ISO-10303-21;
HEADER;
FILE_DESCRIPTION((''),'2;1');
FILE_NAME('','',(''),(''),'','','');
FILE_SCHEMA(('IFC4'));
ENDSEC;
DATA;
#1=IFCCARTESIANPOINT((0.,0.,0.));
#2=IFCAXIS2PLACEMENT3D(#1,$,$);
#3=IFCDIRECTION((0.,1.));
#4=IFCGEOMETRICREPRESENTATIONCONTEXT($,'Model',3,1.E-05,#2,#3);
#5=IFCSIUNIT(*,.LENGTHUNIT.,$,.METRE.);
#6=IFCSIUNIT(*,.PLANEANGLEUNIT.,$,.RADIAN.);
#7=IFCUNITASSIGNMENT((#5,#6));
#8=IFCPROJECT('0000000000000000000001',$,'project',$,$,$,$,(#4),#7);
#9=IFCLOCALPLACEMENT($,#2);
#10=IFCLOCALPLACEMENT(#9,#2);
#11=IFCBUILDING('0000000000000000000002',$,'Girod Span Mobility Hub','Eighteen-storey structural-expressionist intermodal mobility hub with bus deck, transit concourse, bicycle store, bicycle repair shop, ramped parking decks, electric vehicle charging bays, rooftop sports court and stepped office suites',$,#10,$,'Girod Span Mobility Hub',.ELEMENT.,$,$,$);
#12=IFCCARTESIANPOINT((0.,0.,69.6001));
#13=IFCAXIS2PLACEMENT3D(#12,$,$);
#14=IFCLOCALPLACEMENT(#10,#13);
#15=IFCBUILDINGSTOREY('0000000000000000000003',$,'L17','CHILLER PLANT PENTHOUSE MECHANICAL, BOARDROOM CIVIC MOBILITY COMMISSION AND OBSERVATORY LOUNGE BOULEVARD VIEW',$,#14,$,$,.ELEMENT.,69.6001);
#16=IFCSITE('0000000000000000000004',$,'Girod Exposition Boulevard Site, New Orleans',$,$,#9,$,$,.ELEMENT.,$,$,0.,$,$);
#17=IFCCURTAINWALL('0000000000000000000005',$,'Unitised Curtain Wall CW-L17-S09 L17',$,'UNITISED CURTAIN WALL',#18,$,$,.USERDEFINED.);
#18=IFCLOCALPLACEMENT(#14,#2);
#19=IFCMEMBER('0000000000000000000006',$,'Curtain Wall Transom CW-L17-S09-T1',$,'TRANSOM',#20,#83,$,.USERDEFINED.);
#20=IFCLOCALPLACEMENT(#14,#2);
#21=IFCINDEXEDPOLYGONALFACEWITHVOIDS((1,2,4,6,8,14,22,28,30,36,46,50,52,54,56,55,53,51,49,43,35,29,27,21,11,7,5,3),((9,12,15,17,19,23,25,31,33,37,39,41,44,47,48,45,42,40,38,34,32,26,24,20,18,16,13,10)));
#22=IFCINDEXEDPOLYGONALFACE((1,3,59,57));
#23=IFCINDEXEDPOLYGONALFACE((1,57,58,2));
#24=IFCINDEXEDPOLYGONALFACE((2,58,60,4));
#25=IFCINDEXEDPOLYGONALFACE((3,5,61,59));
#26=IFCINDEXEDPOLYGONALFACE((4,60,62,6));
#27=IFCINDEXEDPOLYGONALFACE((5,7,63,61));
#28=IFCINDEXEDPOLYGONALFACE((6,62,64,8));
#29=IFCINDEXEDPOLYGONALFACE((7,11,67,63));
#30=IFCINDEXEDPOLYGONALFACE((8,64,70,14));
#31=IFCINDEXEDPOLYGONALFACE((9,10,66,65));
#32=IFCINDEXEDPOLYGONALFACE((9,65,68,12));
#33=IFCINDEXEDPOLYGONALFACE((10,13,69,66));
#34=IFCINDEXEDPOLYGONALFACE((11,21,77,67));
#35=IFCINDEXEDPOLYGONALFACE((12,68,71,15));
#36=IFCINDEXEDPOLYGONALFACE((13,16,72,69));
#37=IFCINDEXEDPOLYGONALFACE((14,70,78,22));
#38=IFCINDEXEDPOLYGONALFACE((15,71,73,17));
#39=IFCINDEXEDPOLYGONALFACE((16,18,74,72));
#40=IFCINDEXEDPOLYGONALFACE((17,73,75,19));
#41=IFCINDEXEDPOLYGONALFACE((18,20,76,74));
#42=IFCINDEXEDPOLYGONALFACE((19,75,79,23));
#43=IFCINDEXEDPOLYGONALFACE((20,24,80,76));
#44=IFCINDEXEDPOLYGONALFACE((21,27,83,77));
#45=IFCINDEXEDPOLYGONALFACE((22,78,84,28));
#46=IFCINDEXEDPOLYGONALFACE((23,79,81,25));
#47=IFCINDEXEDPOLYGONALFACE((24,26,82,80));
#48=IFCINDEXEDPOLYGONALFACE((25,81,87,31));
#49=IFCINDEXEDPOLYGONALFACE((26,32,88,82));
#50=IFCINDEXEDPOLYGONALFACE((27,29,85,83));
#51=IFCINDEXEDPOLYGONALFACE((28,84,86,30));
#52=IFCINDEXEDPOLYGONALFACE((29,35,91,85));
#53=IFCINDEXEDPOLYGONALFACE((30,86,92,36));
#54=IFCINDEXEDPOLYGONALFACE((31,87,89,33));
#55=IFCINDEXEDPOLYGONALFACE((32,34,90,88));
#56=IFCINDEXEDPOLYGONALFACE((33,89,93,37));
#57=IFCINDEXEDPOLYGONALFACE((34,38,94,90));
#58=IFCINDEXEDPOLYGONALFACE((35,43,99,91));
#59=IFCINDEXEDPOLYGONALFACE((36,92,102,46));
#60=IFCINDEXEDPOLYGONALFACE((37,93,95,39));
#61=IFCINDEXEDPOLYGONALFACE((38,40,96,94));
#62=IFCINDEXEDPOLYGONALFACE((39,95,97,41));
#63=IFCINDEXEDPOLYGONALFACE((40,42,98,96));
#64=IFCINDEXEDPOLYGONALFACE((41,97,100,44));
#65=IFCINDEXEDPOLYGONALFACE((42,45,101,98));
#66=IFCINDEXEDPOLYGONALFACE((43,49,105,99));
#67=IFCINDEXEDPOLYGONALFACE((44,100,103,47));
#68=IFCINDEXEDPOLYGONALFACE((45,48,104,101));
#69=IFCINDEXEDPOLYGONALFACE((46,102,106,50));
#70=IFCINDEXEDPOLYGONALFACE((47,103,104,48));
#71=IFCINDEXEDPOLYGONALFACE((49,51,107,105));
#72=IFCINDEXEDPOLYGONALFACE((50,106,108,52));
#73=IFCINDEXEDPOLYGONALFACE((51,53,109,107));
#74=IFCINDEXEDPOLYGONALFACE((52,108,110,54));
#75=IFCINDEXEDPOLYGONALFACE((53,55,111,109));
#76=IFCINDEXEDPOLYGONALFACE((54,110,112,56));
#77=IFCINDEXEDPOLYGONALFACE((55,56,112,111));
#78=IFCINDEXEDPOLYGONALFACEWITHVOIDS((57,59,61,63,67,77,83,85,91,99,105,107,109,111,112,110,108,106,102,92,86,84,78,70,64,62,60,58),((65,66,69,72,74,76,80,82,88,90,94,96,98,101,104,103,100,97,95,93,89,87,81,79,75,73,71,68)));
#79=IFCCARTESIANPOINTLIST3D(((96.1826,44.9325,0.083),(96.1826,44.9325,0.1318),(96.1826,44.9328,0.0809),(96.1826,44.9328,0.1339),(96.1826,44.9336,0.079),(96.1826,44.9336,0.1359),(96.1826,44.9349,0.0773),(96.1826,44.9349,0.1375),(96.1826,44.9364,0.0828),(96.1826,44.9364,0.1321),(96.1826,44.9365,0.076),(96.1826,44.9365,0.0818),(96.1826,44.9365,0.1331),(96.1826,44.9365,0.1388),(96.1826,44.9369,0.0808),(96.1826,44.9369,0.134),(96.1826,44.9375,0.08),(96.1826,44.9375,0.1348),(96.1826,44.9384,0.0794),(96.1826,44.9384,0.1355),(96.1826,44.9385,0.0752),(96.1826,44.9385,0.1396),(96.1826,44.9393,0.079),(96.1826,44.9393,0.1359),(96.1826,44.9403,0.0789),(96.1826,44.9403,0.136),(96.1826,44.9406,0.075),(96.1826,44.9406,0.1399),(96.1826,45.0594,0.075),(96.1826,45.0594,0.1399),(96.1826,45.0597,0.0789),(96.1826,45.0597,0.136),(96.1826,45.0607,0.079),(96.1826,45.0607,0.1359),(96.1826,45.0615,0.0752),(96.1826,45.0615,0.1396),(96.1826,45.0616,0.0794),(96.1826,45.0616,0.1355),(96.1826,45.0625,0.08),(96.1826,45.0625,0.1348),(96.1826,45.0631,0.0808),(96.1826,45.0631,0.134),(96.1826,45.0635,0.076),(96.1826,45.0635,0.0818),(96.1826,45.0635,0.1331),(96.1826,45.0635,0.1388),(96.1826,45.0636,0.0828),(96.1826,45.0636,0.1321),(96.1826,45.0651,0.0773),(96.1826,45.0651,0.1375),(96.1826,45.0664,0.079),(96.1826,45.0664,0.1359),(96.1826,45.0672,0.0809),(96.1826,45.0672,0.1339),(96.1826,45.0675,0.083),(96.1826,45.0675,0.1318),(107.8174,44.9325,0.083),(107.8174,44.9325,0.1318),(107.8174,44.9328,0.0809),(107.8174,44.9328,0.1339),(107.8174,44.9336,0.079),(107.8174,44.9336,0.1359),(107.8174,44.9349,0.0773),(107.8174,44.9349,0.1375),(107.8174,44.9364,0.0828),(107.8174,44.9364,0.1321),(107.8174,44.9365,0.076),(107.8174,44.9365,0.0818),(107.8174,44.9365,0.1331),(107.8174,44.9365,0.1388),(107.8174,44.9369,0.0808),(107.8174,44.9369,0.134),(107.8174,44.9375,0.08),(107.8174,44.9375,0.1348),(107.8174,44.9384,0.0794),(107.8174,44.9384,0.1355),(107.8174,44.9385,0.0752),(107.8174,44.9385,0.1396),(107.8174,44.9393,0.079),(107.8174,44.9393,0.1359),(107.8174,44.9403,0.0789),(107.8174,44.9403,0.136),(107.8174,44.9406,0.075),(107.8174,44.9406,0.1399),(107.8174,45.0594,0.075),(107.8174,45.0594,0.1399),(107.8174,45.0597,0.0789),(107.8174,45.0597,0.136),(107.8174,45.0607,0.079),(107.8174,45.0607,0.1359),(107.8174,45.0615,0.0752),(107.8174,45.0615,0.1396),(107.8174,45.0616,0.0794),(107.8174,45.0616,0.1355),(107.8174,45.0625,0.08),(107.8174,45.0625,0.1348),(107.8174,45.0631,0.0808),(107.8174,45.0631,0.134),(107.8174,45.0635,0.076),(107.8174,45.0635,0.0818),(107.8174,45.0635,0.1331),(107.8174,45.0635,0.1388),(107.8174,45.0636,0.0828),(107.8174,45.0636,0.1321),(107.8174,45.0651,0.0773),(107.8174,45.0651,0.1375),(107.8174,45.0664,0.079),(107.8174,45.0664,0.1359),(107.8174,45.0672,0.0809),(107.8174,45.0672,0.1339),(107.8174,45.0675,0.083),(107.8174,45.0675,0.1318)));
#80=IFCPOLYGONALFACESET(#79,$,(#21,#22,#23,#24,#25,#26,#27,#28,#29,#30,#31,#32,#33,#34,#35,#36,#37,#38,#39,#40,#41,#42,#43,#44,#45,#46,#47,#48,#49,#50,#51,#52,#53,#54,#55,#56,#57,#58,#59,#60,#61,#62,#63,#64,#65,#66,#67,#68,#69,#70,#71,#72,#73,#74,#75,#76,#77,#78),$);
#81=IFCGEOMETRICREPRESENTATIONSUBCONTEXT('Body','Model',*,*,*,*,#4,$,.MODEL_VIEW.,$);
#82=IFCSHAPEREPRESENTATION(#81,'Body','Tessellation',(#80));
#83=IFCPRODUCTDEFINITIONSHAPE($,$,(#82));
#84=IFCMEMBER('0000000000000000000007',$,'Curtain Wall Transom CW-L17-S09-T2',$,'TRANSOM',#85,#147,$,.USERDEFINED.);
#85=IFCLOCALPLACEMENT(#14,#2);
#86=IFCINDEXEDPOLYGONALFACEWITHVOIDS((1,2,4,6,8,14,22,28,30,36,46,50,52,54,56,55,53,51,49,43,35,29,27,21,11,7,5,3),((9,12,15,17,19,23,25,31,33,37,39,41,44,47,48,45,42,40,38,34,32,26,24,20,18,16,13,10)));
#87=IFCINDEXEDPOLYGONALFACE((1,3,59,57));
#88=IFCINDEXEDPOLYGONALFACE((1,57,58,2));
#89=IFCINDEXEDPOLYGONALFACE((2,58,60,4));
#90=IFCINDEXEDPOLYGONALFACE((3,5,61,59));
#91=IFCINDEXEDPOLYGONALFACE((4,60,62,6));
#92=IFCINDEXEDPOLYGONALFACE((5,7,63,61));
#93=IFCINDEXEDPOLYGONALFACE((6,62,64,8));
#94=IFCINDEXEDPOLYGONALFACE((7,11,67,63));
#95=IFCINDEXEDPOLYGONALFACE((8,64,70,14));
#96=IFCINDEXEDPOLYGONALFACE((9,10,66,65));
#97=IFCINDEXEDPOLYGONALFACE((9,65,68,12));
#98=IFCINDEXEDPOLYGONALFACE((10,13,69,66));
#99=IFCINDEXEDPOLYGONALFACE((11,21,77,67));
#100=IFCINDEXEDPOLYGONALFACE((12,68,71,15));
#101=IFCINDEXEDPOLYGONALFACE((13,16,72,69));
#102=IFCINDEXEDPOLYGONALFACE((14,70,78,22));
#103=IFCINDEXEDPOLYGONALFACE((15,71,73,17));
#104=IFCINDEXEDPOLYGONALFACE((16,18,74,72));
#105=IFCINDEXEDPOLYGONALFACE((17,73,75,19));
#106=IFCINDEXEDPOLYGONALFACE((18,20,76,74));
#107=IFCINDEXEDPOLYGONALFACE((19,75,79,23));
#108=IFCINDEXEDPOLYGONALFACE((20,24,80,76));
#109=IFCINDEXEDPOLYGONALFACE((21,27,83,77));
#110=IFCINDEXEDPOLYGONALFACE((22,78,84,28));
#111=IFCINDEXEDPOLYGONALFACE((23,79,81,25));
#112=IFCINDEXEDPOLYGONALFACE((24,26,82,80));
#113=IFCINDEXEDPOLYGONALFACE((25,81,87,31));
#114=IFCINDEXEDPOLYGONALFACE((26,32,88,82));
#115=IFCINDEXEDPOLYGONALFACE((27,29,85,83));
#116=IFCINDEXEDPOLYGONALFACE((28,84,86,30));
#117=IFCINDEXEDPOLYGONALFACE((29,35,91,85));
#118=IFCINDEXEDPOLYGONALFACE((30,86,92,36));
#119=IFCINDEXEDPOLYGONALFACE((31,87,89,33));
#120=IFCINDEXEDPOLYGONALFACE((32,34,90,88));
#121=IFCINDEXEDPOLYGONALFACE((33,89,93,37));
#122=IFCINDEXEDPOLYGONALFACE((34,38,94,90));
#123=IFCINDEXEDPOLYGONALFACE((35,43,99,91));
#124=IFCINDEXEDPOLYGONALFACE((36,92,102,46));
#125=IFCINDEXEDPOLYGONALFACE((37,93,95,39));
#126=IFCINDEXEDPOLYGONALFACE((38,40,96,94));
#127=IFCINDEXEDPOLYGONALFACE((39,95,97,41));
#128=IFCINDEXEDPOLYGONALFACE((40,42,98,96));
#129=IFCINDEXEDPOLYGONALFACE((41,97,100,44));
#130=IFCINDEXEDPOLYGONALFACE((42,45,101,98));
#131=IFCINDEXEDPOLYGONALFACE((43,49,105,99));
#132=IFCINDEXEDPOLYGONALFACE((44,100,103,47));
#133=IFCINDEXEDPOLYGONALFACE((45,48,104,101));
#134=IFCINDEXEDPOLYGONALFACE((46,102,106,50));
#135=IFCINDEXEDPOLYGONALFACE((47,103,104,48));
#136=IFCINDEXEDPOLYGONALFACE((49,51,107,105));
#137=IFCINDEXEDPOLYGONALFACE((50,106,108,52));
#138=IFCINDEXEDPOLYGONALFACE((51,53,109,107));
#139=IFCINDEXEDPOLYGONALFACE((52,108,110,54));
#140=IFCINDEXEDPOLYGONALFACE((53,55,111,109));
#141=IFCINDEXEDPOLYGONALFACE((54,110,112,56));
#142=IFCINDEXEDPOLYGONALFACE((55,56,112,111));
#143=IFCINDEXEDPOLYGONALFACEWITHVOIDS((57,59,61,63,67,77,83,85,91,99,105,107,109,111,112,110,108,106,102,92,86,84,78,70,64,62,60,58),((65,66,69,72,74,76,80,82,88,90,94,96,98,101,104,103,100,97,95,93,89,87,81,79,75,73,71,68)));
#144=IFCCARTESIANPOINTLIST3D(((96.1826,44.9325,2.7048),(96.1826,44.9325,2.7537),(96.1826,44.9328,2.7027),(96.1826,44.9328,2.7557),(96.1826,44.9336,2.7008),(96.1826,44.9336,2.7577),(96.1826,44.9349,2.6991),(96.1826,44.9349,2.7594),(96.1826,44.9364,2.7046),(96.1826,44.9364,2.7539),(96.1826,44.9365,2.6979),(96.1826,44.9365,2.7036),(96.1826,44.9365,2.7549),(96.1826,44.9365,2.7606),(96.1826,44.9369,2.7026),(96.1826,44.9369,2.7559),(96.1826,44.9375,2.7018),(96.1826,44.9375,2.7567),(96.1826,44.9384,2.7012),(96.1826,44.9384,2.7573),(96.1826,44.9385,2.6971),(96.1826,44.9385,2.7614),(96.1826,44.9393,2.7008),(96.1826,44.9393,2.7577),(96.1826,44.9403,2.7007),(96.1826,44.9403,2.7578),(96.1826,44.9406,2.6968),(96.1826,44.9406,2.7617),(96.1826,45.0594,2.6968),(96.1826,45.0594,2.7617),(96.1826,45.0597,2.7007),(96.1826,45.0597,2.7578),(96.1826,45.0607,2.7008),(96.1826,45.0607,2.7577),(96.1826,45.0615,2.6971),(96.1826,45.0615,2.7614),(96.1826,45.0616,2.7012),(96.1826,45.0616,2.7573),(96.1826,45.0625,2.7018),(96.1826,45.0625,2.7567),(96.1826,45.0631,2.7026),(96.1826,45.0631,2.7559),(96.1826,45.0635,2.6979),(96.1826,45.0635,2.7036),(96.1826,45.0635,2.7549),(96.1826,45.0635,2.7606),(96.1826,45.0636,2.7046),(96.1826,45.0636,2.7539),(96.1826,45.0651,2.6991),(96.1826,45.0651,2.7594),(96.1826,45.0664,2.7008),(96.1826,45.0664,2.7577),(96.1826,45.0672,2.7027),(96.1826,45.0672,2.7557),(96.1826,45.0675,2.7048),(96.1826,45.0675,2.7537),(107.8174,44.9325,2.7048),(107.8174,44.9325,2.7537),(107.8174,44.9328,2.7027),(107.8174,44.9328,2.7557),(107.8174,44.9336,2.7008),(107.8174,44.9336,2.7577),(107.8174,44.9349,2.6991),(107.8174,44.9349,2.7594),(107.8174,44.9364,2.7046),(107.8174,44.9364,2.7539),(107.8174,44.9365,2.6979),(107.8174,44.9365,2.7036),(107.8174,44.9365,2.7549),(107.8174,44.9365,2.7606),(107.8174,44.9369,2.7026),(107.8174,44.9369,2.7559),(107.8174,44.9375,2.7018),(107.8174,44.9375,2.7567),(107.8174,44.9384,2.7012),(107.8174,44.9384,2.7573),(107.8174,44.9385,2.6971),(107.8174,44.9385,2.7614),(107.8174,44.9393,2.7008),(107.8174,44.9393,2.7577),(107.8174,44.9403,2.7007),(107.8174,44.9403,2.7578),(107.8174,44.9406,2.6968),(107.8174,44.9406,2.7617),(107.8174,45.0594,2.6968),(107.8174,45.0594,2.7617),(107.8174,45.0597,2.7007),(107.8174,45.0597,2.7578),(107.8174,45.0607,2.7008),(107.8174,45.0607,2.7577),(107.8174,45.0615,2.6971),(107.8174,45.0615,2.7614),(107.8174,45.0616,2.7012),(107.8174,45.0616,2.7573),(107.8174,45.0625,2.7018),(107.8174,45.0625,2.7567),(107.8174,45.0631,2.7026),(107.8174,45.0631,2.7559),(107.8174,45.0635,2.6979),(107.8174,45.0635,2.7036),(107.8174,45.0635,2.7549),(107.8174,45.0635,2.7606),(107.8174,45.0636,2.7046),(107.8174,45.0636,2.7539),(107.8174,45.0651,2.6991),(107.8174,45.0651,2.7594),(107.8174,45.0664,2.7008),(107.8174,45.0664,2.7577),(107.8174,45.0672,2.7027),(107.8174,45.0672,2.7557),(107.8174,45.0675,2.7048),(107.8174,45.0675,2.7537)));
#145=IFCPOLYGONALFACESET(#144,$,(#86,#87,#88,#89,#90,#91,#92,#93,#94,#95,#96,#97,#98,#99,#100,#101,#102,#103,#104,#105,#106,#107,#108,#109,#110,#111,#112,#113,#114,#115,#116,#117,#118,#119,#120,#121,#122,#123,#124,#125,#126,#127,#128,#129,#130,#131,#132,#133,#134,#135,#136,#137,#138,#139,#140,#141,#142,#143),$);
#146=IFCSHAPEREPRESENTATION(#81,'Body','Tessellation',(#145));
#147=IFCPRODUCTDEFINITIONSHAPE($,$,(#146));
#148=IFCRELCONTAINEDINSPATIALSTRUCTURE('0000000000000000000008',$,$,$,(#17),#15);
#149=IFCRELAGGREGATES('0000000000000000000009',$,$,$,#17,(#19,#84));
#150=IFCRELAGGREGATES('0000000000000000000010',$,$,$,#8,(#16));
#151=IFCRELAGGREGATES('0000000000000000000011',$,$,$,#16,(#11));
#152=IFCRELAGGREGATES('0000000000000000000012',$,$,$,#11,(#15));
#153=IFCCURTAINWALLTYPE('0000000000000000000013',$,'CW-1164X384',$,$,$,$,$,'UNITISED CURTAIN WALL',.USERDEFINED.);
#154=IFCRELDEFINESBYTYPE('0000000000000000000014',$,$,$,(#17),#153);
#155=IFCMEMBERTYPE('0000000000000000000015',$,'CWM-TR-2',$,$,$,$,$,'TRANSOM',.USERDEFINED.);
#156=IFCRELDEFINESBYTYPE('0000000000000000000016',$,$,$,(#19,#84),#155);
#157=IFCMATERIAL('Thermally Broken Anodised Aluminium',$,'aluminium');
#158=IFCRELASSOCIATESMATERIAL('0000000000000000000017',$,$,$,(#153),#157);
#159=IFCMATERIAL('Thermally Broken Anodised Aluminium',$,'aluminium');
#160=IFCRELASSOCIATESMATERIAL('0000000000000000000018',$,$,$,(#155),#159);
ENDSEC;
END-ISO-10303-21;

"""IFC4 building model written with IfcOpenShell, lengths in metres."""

from ifc_helpers import new_model, si_unit, direction, frame, origin, origin_2d, place, context, subcontext, project, spatial, hollow_rectangle, extrude, material, material_profile, profile_set, type_object, element, aggregate, save


model = new_model("IFC4")

# Units and contexts
model_context = context("Model", 3, precision=1e-05, world=origin(), true_north=direction((0.0, 1.0)))
body_context = subcontext(model_context, "Body", "Model", "MODEL_VIEW")
ifc_project = project(units=[si_unit("LENGTHUNIT", "METRE"), si_unit("PLANEANGLEUNIT", "RADIAN")], contexts=[model_context])

# Site, building, storey
site_placement = place(None, origin())
site = spatial("IfcSite", under=ifc_project, at=site_placement, Name="Girod Exposition Boulevard Site, New Orleans", CompositionType="ELEMENT", RefElevation=0.0)
building_placement = place(site_placement, origin())
building = spatial("IfcBuilding", under=site, at=building_placement, Name="Girod Span Mobility Hub", Description="Eighteen-storey structural-expressionist intermodal mobility hub with bus deck, transit concourse, bicycle store, bicycle repair shop, ramped parking decks, electric vehicle charging bays, rooftop sports court and stepped office suites", LongName="Girod Span Mobility Hub", CompositionType="ELEMENT")
storey_placement = place(building_placement, frame((0.0, 0.0, 69.6001)))
storey = spatial("IfcBuildingStorey", under=building, at=storey_placement, Name="L17", Description="CHILLER PLANT PENTHOUSE MECHANICAL, BOARDROOM CIVIC MOBILITY COMMISSION AND OBSERVATORY LOUNGE BOULEVARD VIEW", CompositionType="ELEMENT", Elevation=69.6001)

# Shared definitions
ifc_material_1 = material(Name="Thermally Broken Anodised Aluminium", Category="aluminium")
curtain_wall_type = type_object("IfcCurtainWallType", Name="CW-1164X384", ElementType="UNITISED CURTAIN WALL", PredefinedType="USERDEFINED", material=ifc_material_1)

# Curtain wall
curtain_wall_1_placement = place(storey_placement, origin())
curtain_wall_1 = element("IfcCurtainWall", 1, at=curtain_wall_1_placement, inside=storey, type_object=curtain_wall_type, Name="Unitised Curtain Wall CW-L17-S09 L17", ObjectType="UNITISED CURTAIN WALL", PredefinedType="USERDEFINED")

# Members
ifc_material_2 = material(Name="Thermally Broken Anodised Aluminium", Category="aluminium")
ifc_material_profile_1 = material_profile(ifc_material_2, hollow_rectangle(XDim=0.135, YDim=0.0649, WallThickness=0.0039, InnerFilletRadius=0.0039, OuterFilletRadius=0.0081, at=origin_2d()), Name="CW-TR-65X135")
ifc_profile_set_1 = profile_set([ifc_material_profile_1], Name="Thermally Broken Anodised Aluminium")
member_type_1 = type_object("IfcMemberType", Name="CWM-TR-2", ElementType="TRANSOM", PredefinedType="USERDEFINED", material=ifc_profile_set_1)
member_1_placement = place(storey_placement, frame((96.1826, 45.0, 0.1074), z_axis=(1.0, 0.0, 0.0), x_axis=(0.0, 1.0, 0.0)))
member_1 = element("IfcMember", 2, at=member_1_placement, type_object=member_type_1, Name="Curtain Wall Transom CW-L17-S09-T1", ObjectType="TRANSOM", PredefinedType="USERDEFINED", context=body_context, shape_type="SweptSolid", body=[
    extrude(hollow_rectangle(XDim=0.135, YDim=0.0649, WallThickness=0.0039, InnerFilletRadius=0.0039, OuterFilletRadius=0.0081, at=origin_2d()), origin(), (0.0, 0.0, 1.0), 11.6348),
])
member_2_placement = place(storey_placement, frame((96.1826, 45.0, 2.7292), z_axis=(1.0, 0.0, 0.0), x_axis=(0.0, 1.0, 0.0)))
member_2 = element("IfcMember", 3, at=member_2_placement, type_object=member_type_1, Name="Curtain Wall Transom CW-L17-S09-T2", ObjectType="TRANSOM", PredefinedType="USERDEFINED", context=body_context, shape_type="SweptSolid", body=[
    extrude(hollow_rectangle(XDim=0.135, YDim=0.0649, WallThickness=0.0039, InnerFilletRadius=0.0039, OuterFilletRadius=0.0081, at=origin_2d()), origin(), (0.0, 0.0, 1.0), 11.6348),
])
aggregate(curtain_wall_1, [member_1, member_2])

save(model, "model.ifc")
